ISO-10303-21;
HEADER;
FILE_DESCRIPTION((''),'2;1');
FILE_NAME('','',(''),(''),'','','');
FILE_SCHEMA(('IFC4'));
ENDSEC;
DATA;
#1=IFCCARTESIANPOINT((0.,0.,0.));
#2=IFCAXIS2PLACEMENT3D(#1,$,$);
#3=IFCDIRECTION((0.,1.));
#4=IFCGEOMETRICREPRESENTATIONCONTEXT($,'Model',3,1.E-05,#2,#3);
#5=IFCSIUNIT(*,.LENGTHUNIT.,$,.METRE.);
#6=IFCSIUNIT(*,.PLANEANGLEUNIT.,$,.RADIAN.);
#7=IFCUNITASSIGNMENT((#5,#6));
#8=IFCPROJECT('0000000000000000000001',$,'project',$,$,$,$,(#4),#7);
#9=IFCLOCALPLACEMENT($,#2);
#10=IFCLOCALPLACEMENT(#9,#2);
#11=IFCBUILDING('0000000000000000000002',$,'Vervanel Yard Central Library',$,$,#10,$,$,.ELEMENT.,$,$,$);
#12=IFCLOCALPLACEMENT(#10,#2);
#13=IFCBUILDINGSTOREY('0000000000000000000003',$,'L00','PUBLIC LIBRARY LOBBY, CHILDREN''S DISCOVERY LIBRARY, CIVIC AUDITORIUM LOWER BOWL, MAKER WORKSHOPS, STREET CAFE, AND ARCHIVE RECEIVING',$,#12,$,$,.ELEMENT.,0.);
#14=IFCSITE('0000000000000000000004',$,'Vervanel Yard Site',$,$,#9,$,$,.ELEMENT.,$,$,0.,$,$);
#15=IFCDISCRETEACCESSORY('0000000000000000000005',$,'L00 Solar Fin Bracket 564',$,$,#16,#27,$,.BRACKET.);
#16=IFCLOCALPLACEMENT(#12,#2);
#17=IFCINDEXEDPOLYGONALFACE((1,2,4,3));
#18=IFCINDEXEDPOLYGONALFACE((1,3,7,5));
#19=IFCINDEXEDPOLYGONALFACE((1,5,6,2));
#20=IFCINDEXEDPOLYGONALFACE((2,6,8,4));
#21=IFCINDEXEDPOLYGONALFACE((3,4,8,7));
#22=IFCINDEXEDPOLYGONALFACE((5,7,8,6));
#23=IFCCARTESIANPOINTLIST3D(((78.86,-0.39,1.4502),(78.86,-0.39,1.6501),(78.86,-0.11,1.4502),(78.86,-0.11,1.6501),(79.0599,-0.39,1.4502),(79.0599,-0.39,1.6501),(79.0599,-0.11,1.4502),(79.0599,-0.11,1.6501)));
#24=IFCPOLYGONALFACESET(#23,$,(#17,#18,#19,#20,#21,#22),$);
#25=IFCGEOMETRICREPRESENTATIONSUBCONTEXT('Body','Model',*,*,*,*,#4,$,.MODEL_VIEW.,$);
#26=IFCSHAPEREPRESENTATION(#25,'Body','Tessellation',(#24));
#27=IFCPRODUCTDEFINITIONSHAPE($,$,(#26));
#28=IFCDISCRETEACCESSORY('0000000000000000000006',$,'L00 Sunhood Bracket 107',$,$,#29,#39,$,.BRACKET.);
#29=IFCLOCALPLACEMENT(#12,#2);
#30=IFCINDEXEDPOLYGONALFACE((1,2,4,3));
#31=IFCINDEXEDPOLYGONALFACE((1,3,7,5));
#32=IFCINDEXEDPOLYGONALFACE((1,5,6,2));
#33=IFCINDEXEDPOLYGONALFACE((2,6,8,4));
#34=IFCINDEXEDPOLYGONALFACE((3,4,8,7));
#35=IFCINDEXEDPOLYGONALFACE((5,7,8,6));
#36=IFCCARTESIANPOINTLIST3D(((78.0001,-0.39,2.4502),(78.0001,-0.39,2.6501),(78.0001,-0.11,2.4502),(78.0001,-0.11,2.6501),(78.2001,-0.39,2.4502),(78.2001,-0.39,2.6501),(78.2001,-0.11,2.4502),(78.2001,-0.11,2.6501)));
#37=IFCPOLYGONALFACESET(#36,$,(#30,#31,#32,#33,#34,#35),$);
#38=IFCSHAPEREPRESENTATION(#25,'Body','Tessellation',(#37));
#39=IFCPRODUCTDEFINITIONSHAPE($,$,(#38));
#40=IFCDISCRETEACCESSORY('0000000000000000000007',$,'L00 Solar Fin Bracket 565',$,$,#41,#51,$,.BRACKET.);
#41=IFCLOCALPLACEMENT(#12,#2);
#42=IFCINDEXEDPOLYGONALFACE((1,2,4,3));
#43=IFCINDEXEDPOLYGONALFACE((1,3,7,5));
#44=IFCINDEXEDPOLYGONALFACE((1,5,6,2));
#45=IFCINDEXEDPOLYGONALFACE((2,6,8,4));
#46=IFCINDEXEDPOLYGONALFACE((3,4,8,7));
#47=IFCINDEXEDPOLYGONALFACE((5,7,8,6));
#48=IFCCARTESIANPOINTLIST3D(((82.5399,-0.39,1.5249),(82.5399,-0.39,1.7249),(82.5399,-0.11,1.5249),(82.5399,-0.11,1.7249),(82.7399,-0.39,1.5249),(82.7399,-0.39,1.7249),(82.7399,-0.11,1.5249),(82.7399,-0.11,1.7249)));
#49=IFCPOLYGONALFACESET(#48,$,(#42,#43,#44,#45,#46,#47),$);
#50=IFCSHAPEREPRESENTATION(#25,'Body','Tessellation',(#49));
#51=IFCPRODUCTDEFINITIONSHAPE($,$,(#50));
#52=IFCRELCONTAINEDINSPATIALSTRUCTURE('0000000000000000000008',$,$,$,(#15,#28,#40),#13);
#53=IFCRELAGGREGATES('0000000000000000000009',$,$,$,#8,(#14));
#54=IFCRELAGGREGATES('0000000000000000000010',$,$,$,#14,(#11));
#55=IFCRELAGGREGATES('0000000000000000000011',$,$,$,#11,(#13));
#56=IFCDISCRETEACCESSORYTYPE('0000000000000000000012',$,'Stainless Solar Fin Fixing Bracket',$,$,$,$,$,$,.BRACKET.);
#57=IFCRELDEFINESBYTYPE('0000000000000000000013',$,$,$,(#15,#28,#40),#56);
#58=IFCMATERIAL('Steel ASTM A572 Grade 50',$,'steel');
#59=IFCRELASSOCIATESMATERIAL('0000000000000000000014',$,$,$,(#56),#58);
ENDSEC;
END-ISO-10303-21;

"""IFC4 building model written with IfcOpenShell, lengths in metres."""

from ifc_helpers import new_model, si_unit, direction, frame, origin, origin_2d, place, context, subcontext, project, spatial, rectangle, extrude, material, type_object, element, save


model = new_model("IFC4")

# Units and contexts
model_context = context("Model", 3, precision=1e-05, world=origin(), true_north=direction((0.0, 1.0)))
body_context = subcontext(model_context, "Body", "Model", "MODEL_VIEW")
ifc_project = project(units=[si_unit("LENGTHUNIT", "METRE"), si_unit("PLANEANGLEUNIT", "RADIAN")], contexts=[model_context])

# Site, building, storey
site_placement = place(None, origin())
site = spatial("IfcSite", under=ifc_project, at=site_placement, Name="Vervanel Yard Site", CompositionType="ELEMENT", RefElevation=0.0)
building_placement = place(site_placement, origin())
building = spatial("IfcBuilding", under=site, at=building_placement, Name="Vervanel Yard Central Library", CompositionType="ELEMENT")
storey_placement = place(building_placement, origin())
storey = spatial("IfcBuildingStorey", under=building, at=storey_placement, Name="L00", Description="PUBLIC LIBRARY LOBBY, CHILDREN'S DISCOVERY LIBRARY, CIVIC AUDITORIUM LOWER BOWL, MAKER WORKSHOPS, STREET CAFE, AND ARCHIVE RECEIVING", CompositionType="ELEMENT", Elevation=0.0)

# Shared definitions
ifc_material_1 = material(Name="Steel ASTM A572 Grade 50", Category="steel")

# Discrete accessories
discrete_accessory_type = type_object("IfcDiscreteAccessoryType", Name="Stainless Solar Fin Fixing Bracket", PredefinedType="BRACKET", material=ifc_material_1)
for number, where, z_axis, x_axis, name in (
    (1, (78.96, -0.25, 1.4502), (0.0, 0.0, 1.0), (1.0, 0.0, 0.0), "L00 Solar Fin Bracket 564"),
    (2, (78.1001, -0.25, 2.4502), (0.0, 0.0, 1.0), (1.0, 0.0, 0.0), "L00 Sunhood Bracket 107"),
    (3, (82.6399, -0.25, 1.5249), (0.0, 0.0, 1.0), (1.0, 0.0, 0.0), "L00 Solar Fin Bracket 565"),
):
    element("IfcDiscreteAccessory", number, at=place(storey_placement, frame(where, z_axis=z_axis, x_axis=x_axis)), inside=storey, type_object=discrete_accessory_type, Name=name, PredefinedType="BRACKET", context=body_context, shape_type="SweptSolid", body=[
        extrude(rectangle(XDim=0.2, YDim=0.28, at=origin_2d()), origin(), (0.0, 0.0, 1.0), 0.2),
    ])

save(model, "model.ifc")
